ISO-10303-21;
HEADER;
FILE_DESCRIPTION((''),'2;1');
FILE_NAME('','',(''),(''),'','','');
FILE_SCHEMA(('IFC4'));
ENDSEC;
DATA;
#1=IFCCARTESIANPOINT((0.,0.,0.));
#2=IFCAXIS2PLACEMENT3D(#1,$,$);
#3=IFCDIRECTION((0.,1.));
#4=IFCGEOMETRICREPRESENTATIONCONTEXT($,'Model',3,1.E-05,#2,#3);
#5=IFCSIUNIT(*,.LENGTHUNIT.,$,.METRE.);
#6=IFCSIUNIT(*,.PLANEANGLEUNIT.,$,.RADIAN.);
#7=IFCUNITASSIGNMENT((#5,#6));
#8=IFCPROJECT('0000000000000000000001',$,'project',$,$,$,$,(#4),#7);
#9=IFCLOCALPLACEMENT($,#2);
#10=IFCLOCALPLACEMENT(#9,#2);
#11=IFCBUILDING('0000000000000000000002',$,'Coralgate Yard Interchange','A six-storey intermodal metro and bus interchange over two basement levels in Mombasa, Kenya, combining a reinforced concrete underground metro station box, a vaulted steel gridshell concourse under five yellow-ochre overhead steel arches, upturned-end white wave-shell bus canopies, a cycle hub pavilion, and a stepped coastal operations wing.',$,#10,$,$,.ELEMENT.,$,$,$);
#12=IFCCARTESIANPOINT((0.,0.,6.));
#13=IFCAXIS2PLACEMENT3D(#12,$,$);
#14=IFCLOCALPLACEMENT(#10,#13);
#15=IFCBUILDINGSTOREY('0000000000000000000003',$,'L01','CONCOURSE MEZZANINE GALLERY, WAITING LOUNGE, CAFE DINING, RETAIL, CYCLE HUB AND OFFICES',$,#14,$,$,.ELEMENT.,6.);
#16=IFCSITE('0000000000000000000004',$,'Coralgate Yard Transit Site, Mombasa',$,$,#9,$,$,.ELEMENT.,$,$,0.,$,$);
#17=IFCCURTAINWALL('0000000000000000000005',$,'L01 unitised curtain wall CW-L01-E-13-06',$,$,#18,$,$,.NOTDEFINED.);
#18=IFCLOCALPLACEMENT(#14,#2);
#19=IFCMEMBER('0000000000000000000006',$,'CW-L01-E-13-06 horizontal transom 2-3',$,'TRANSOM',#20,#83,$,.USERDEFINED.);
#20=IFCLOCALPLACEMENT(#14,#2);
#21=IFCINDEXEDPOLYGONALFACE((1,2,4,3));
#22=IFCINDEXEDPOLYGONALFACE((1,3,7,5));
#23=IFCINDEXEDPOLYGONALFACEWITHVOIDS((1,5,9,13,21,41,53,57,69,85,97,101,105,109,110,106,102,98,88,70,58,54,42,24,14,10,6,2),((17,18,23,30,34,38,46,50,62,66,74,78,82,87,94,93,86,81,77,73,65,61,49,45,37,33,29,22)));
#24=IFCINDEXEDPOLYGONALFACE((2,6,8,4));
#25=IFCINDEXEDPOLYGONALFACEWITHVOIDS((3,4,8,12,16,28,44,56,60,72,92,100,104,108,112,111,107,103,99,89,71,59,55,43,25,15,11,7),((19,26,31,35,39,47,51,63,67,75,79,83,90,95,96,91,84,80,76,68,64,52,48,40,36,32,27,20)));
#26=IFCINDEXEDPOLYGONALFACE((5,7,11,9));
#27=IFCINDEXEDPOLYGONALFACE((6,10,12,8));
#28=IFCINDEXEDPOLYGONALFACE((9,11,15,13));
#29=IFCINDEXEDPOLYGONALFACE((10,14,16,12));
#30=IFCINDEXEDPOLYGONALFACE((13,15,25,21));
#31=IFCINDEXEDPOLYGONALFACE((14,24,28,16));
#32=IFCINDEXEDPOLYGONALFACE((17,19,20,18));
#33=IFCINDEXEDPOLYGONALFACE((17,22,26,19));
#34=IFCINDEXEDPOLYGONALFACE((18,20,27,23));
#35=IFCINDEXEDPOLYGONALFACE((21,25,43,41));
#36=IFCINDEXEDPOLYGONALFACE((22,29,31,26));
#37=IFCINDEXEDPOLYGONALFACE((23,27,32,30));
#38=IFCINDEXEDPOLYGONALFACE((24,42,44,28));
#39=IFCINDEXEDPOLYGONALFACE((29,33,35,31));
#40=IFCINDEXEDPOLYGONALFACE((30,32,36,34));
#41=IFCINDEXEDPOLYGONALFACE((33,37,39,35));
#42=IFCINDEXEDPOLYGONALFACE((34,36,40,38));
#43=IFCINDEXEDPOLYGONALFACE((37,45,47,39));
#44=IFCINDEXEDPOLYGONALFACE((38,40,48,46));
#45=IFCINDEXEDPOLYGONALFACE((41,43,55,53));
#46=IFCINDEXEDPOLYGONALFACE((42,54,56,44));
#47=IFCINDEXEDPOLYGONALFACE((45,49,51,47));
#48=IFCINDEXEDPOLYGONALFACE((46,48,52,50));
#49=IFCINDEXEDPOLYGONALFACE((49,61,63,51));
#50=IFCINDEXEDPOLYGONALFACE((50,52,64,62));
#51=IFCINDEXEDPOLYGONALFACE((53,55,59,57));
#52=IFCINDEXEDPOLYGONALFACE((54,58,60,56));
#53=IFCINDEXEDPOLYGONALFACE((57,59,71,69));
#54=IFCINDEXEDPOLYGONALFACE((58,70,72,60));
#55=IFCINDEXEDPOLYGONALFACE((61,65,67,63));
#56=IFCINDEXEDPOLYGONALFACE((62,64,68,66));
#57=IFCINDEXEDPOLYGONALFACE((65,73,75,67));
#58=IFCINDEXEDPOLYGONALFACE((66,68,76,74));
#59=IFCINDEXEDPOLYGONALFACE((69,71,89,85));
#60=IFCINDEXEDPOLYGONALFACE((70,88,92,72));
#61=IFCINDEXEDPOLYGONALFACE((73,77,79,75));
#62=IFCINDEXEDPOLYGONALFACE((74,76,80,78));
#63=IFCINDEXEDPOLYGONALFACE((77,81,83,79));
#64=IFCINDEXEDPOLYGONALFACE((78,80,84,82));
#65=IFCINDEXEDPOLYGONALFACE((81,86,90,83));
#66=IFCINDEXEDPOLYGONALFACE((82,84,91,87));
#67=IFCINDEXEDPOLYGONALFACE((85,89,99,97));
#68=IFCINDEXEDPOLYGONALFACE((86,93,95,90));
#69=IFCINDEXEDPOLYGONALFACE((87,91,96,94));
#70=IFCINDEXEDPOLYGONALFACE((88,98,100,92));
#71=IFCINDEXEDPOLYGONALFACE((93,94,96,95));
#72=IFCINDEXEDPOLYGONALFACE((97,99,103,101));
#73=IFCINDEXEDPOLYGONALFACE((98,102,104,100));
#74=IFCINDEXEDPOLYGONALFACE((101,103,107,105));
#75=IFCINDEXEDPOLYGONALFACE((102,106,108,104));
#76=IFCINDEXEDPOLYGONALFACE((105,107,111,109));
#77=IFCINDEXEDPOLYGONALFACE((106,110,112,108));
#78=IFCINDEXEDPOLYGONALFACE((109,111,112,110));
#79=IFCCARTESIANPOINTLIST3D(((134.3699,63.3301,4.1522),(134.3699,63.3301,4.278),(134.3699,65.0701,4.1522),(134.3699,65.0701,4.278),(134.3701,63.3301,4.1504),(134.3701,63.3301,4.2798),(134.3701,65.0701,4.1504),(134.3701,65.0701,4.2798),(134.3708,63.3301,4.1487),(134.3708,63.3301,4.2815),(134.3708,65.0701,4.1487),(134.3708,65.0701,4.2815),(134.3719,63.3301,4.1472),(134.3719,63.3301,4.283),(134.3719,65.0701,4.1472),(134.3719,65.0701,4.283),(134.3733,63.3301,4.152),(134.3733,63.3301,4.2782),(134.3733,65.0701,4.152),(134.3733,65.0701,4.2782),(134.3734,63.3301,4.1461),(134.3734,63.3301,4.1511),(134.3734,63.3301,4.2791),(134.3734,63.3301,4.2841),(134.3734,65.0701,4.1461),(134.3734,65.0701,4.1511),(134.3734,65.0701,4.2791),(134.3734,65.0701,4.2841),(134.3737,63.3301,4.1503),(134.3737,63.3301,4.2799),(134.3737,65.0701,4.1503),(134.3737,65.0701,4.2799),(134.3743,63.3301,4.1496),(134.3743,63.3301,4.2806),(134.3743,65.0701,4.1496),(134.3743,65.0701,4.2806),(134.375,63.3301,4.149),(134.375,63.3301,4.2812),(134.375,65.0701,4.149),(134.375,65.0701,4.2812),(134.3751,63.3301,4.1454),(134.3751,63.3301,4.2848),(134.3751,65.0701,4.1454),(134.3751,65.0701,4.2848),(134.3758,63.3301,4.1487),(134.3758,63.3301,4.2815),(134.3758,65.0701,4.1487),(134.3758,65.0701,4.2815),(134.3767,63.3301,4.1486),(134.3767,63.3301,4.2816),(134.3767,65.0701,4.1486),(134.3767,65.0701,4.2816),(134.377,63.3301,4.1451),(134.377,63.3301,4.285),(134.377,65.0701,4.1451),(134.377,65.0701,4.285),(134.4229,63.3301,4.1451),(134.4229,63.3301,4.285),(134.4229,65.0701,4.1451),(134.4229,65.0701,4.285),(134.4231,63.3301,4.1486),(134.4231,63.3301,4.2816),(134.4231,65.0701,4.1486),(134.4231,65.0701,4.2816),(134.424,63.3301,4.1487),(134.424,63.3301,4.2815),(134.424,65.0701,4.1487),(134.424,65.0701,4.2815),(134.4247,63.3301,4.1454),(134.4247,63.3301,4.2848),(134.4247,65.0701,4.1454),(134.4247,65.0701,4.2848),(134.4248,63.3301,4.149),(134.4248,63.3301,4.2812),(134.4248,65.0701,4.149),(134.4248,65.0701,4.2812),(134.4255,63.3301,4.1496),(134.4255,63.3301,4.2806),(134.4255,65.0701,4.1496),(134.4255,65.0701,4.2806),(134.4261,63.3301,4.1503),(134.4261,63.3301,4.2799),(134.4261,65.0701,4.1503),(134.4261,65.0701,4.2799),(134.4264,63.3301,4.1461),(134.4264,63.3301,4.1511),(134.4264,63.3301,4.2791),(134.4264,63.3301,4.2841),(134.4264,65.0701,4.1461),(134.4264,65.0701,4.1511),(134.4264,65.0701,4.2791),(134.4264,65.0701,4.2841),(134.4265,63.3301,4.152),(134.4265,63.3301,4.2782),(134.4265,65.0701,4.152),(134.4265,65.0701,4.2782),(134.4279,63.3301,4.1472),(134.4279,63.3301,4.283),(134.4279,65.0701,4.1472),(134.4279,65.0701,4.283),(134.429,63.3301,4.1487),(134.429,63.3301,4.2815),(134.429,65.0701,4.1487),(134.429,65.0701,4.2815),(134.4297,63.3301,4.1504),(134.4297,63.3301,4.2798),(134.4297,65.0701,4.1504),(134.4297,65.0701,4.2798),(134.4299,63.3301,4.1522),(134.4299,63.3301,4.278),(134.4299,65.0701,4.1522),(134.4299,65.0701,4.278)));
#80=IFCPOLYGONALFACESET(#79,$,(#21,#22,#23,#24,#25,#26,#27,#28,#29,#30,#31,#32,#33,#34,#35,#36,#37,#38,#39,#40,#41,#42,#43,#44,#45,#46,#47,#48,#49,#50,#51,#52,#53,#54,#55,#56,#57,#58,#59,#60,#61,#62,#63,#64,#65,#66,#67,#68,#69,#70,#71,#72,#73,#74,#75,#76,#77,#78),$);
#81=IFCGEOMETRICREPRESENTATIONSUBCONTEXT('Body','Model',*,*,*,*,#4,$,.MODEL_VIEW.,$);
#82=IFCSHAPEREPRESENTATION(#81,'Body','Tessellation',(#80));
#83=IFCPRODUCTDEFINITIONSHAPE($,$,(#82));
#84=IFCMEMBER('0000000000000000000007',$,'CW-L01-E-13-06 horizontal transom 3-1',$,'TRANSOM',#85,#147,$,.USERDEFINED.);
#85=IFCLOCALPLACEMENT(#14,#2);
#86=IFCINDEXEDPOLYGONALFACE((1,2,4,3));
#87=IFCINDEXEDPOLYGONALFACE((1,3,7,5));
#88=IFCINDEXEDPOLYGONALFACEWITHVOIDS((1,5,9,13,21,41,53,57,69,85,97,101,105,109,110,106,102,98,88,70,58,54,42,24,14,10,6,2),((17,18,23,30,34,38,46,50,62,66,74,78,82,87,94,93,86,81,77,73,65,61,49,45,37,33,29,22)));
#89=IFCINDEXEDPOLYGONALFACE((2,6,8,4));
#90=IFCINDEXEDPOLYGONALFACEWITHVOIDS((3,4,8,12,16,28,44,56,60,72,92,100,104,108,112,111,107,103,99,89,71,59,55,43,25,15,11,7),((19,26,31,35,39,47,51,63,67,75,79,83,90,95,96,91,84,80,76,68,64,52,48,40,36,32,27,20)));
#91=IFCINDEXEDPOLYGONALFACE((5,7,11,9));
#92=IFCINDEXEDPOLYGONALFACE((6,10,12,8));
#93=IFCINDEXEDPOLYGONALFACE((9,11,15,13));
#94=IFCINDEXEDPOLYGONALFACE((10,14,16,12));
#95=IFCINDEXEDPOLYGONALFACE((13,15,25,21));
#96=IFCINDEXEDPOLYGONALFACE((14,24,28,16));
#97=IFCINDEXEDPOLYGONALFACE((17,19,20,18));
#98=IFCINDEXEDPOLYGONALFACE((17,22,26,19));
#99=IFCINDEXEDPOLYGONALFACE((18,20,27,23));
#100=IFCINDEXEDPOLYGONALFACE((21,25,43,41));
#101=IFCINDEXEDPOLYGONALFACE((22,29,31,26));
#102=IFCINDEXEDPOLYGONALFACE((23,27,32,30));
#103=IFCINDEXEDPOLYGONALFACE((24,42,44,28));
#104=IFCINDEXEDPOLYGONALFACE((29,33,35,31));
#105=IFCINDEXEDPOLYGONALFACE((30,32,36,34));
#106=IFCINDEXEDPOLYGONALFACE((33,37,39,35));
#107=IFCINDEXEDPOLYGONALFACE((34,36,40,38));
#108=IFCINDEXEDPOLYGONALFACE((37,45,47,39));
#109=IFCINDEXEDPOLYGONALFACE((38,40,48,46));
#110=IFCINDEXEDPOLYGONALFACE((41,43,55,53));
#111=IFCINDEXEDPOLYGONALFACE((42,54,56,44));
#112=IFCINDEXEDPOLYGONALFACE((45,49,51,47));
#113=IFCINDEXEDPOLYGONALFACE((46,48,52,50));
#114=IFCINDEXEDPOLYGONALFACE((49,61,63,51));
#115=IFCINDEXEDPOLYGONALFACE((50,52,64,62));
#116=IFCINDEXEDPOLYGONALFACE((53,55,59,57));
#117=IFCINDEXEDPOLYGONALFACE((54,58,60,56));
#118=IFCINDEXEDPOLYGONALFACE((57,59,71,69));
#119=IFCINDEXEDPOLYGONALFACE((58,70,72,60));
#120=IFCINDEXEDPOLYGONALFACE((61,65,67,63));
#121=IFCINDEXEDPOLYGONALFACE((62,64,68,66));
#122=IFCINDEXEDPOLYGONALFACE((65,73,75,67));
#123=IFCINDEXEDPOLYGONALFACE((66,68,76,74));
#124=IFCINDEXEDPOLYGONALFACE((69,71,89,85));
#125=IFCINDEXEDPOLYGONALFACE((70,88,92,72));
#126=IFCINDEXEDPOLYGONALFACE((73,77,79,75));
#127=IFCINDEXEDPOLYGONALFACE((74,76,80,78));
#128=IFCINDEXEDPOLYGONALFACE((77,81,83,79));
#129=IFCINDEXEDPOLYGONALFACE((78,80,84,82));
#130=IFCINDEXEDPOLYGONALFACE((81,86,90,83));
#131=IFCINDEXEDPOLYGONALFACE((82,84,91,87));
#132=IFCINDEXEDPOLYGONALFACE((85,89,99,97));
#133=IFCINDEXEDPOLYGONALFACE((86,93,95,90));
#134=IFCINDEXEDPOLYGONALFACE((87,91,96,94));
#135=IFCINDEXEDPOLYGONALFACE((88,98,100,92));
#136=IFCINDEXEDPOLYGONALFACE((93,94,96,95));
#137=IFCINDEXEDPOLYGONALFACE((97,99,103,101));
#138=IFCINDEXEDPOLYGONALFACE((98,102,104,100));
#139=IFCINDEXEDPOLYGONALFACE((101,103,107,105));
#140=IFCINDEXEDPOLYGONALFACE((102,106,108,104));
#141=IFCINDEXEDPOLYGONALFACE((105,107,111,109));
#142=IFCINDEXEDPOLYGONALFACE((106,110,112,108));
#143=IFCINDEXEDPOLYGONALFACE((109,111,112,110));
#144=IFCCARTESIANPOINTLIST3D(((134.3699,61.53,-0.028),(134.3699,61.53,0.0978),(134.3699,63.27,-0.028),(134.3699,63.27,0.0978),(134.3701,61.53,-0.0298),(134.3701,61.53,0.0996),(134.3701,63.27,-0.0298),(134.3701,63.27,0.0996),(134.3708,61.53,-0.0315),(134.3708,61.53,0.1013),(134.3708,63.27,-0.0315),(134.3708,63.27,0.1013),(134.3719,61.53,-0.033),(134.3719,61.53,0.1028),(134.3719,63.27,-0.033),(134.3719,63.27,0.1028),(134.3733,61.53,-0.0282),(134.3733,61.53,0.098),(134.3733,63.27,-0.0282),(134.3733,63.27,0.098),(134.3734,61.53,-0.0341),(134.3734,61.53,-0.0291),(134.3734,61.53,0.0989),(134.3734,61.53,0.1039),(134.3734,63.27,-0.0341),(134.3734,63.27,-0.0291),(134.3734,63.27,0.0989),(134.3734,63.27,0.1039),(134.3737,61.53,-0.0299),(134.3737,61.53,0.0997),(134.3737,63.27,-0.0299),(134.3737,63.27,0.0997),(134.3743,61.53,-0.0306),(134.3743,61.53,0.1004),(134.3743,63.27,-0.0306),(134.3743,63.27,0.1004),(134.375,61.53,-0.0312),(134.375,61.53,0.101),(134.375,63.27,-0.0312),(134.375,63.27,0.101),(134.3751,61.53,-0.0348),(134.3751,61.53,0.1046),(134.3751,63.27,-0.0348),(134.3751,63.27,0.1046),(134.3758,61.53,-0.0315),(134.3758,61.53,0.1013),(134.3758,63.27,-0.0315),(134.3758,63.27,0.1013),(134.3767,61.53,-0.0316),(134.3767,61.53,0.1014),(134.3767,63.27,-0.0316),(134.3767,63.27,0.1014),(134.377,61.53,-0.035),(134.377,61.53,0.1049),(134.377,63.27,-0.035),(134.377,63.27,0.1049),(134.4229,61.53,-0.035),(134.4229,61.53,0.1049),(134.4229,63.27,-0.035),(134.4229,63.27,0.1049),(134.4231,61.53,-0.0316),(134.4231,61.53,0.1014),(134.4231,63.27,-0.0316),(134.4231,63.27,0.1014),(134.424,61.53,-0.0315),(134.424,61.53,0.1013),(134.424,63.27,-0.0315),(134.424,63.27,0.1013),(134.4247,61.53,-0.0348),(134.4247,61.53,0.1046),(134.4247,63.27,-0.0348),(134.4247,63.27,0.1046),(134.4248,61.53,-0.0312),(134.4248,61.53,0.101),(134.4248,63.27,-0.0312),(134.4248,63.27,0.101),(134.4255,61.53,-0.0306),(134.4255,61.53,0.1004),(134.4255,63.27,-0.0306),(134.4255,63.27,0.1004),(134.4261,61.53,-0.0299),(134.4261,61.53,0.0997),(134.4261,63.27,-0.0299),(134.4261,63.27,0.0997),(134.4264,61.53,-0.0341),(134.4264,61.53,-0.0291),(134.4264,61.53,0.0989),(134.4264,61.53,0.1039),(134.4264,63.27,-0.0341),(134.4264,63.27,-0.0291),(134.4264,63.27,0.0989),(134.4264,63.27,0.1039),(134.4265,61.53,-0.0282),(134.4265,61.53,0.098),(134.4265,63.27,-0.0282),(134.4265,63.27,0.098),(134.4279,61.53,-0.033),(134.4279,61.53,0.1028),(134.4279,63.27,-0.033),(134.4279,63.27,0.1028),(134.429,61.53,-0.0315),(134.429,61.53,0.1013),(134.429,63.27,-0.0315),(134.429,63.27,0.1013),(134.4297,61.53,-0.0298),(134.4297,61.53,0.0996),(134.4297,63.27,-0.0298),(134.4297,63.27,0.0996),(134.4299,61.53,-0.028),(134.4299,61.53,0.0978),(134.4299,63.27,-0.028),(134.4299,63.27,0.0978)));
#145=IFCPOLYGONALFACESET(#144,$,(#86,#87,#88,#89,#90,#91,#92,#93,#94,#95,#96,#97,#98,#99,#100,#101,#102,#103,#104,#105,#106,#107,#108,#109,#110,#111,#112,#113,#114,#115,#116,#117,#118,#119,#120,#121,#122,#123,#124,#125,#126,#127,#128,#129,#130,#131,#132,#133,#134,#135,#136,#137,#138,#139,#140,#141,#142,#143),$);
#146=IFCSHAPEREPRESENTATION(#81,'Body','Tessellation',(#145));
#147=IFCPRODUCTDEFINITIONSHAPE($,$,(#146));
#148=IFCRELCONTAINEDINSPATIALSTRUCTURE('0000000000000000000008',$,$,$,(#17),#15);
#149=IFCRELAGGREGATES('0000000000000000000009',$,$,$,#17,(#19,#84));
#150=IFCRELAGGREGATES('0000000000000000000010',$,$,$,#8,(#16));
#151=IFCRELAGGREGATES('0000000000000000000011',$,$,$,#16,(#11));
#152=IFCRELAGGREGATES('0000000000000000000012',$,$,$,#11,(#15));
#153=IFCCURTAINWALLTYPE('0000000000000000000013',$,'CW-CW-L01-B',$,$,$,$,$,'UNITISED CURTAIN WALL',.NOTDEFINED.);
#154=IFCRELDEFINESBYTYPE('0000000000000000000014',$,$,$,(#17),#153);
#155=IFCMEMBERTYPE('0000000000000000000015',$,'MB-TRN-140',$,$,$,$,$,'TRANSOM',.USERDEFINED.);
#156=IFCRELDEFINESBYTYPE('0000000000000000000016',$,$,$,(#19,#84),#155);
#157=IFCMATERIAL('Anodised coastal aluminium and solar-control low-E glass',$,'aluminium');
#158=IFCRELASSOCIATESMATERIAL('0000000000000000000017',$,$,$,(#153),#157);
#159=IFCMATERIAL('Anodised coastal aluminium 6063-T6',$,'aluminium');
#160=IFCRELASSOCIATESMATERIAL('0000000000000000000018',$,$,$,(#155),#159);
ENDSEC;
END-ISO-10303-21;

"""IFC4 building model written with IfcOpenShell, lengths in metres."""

from ifc_helpers import new_model, si_unit, direction, frame, origin, origin_2d, place, context, subcontext, project, spatial, hollow_rectangle, extrude, material, material_profile, profile_set, type_object, element, aggregate, save


model = new_model("IFC4")

# Units and contexts
model_context = context("Model", 3, precision=1e-05, world=origin(), true_north=direction((0.0, 1.0)))
body_context = subcontext(model_context, "Body", "Model", "MODEL_VIEW")
ifc_project = project(units=[si_unit("LENGTHUNIT", "METRE"), si_unit("PLANEANGLEUNIT", "RADIAN")], contexts=[model_context])

# Site, building, storey
site_placement = place(None, origin())
site = spatial("IfcSite", under=ifc_project, at=site_placement, Name="Coralgate Yard Transit Site, Mombasa", CompositionType="ELEMENT", RefElevation=0.0)
building_placement = place(site_placement, origin())
building = spatial("IfcBuilding", under=site, at=building_placement, Name="Coralgate Yard Interchange", Description="A six-storey intermodal metro and bus interchange over two basement levels in Mombasa, Kenya, combining a reinforced concrete underground metro station box, a vaulted steel gridshell concourse under five yellow-ochre overhead steel arches, upturned-end white wave-shell bus canopies, a cycle hub pavilion, and a stepped coastal operations wing.", CompositionType="ELEMENT")
storey_placement = place(building_placement, frame((0.0, 0.0, 6.0)))
storey = spatial("IfcBuildingStorey", under=building, at=storey_placement, Name="L01", Description="CONCOURSE MEZZANINE GALLERY, WAITING LOUNGE, CAFE DINING, RETAIL, CYCLE HUB AND OFFICES", CompositionType="ELEMENT", Elevation=6.0)

# Curtain wall, members
ifc_material_1 = material(Name="Anodised coastal aluminium and solar-control low-E glass", Category="aluminium")
curtain_wall_type = type_object("IfcCurtainWallType", Name="CW-CW-L01-B", ElementType="UNITISED CURTAIN WALL", PredefinedType="NOTDEFINED", material=ifc_material_1)
curtain_wall_placement = place(storey_placement, origin())
curtain_wall = element("IfcCurtainWall", 1, at=curtain_wall_placement, inside=storey, type_object=curtain_wall_type, Name="L01 unitised curtain wall CW-L01-E-13-06", PredefinedType="NOTDEFINED")
ifc_material_2 = material(Name="Anodised coastal aluminium 6063-T6", Category="aluminium")
ifc_material_profile_1 = material_profile(ifc_material_2, hollow_rectangle(XDim=0.0601, YDim=0.1399, WallThickness=0.0034, InnerFilletRadius=0.0034, OuterFilletRadius=0.0071, at=origin_2d()), Name="ALU 60x140x3.5")
ifc_profile_set_1 = profile_set([ifc_material_profile_1], Name="Anodised coastal aluminium 6063-T6")
member_type_1 = type_object("IfcMemberType", Name="MB-TRN-140", ElementType="TRANSOM", PredefinedType="USERDEFINED", material=ifc_profile_set_1)
member_1_placement = place(storey_placement, frame((134.3999, 65.0701, 4.2151), z_axis=(0.0, -1.0, 0.0), x_axis=(1.0, 0.0, 0.0)))
member_1 = element("IfcMember", 2, at=member_1_placement, type_object=member_type_1, Name="CW-L01-E-13-06 horizontal transom 2-3", ObjectType="TRANSOM", PredefinedType="USERDEFINED", context=body_context, shape_type="SweptSolid", body=[
    extrude(hollow_rectangle(XDim=0.0601, YDim=0.1399, WallThickness=0.0034, InnerFilletRadius=0.0034, OuterFilletRadius=0.0071, at=origin_2d()), origin(), (0.0, 0.0, 1.0), 1.74),
])
member_2_placement = place(storey_placement, frame((134.3999, 63.27, 0.0349), z_axis=(0.0, -1.0, 0.0), x_axis=(1.0, 0.0, 0.0)))
member_2 = element("IfcMember", 3, at=member_2_placement, type_object=member_type_1, Name="CW-L01-E-13-06 horizontal transom 3-1", ObjectType="TRANSOM", PredefinedType="USERDEFINED", context=body_context, shape_type="SweptSolid", body=[
    extrude(hollow_rectangle(XDim=0.0601, YDim=0.1399, WallThickness=0.0034, InnerFilletRadius=0.0034, OuterFilletRadius=0.0071, at=origin_2d()), origin(), (0.0, 0.0, 1.0), 1.74),
])
aggregate(curtain_wall, [member_1, member_2])

save(model, "model.ifc")
